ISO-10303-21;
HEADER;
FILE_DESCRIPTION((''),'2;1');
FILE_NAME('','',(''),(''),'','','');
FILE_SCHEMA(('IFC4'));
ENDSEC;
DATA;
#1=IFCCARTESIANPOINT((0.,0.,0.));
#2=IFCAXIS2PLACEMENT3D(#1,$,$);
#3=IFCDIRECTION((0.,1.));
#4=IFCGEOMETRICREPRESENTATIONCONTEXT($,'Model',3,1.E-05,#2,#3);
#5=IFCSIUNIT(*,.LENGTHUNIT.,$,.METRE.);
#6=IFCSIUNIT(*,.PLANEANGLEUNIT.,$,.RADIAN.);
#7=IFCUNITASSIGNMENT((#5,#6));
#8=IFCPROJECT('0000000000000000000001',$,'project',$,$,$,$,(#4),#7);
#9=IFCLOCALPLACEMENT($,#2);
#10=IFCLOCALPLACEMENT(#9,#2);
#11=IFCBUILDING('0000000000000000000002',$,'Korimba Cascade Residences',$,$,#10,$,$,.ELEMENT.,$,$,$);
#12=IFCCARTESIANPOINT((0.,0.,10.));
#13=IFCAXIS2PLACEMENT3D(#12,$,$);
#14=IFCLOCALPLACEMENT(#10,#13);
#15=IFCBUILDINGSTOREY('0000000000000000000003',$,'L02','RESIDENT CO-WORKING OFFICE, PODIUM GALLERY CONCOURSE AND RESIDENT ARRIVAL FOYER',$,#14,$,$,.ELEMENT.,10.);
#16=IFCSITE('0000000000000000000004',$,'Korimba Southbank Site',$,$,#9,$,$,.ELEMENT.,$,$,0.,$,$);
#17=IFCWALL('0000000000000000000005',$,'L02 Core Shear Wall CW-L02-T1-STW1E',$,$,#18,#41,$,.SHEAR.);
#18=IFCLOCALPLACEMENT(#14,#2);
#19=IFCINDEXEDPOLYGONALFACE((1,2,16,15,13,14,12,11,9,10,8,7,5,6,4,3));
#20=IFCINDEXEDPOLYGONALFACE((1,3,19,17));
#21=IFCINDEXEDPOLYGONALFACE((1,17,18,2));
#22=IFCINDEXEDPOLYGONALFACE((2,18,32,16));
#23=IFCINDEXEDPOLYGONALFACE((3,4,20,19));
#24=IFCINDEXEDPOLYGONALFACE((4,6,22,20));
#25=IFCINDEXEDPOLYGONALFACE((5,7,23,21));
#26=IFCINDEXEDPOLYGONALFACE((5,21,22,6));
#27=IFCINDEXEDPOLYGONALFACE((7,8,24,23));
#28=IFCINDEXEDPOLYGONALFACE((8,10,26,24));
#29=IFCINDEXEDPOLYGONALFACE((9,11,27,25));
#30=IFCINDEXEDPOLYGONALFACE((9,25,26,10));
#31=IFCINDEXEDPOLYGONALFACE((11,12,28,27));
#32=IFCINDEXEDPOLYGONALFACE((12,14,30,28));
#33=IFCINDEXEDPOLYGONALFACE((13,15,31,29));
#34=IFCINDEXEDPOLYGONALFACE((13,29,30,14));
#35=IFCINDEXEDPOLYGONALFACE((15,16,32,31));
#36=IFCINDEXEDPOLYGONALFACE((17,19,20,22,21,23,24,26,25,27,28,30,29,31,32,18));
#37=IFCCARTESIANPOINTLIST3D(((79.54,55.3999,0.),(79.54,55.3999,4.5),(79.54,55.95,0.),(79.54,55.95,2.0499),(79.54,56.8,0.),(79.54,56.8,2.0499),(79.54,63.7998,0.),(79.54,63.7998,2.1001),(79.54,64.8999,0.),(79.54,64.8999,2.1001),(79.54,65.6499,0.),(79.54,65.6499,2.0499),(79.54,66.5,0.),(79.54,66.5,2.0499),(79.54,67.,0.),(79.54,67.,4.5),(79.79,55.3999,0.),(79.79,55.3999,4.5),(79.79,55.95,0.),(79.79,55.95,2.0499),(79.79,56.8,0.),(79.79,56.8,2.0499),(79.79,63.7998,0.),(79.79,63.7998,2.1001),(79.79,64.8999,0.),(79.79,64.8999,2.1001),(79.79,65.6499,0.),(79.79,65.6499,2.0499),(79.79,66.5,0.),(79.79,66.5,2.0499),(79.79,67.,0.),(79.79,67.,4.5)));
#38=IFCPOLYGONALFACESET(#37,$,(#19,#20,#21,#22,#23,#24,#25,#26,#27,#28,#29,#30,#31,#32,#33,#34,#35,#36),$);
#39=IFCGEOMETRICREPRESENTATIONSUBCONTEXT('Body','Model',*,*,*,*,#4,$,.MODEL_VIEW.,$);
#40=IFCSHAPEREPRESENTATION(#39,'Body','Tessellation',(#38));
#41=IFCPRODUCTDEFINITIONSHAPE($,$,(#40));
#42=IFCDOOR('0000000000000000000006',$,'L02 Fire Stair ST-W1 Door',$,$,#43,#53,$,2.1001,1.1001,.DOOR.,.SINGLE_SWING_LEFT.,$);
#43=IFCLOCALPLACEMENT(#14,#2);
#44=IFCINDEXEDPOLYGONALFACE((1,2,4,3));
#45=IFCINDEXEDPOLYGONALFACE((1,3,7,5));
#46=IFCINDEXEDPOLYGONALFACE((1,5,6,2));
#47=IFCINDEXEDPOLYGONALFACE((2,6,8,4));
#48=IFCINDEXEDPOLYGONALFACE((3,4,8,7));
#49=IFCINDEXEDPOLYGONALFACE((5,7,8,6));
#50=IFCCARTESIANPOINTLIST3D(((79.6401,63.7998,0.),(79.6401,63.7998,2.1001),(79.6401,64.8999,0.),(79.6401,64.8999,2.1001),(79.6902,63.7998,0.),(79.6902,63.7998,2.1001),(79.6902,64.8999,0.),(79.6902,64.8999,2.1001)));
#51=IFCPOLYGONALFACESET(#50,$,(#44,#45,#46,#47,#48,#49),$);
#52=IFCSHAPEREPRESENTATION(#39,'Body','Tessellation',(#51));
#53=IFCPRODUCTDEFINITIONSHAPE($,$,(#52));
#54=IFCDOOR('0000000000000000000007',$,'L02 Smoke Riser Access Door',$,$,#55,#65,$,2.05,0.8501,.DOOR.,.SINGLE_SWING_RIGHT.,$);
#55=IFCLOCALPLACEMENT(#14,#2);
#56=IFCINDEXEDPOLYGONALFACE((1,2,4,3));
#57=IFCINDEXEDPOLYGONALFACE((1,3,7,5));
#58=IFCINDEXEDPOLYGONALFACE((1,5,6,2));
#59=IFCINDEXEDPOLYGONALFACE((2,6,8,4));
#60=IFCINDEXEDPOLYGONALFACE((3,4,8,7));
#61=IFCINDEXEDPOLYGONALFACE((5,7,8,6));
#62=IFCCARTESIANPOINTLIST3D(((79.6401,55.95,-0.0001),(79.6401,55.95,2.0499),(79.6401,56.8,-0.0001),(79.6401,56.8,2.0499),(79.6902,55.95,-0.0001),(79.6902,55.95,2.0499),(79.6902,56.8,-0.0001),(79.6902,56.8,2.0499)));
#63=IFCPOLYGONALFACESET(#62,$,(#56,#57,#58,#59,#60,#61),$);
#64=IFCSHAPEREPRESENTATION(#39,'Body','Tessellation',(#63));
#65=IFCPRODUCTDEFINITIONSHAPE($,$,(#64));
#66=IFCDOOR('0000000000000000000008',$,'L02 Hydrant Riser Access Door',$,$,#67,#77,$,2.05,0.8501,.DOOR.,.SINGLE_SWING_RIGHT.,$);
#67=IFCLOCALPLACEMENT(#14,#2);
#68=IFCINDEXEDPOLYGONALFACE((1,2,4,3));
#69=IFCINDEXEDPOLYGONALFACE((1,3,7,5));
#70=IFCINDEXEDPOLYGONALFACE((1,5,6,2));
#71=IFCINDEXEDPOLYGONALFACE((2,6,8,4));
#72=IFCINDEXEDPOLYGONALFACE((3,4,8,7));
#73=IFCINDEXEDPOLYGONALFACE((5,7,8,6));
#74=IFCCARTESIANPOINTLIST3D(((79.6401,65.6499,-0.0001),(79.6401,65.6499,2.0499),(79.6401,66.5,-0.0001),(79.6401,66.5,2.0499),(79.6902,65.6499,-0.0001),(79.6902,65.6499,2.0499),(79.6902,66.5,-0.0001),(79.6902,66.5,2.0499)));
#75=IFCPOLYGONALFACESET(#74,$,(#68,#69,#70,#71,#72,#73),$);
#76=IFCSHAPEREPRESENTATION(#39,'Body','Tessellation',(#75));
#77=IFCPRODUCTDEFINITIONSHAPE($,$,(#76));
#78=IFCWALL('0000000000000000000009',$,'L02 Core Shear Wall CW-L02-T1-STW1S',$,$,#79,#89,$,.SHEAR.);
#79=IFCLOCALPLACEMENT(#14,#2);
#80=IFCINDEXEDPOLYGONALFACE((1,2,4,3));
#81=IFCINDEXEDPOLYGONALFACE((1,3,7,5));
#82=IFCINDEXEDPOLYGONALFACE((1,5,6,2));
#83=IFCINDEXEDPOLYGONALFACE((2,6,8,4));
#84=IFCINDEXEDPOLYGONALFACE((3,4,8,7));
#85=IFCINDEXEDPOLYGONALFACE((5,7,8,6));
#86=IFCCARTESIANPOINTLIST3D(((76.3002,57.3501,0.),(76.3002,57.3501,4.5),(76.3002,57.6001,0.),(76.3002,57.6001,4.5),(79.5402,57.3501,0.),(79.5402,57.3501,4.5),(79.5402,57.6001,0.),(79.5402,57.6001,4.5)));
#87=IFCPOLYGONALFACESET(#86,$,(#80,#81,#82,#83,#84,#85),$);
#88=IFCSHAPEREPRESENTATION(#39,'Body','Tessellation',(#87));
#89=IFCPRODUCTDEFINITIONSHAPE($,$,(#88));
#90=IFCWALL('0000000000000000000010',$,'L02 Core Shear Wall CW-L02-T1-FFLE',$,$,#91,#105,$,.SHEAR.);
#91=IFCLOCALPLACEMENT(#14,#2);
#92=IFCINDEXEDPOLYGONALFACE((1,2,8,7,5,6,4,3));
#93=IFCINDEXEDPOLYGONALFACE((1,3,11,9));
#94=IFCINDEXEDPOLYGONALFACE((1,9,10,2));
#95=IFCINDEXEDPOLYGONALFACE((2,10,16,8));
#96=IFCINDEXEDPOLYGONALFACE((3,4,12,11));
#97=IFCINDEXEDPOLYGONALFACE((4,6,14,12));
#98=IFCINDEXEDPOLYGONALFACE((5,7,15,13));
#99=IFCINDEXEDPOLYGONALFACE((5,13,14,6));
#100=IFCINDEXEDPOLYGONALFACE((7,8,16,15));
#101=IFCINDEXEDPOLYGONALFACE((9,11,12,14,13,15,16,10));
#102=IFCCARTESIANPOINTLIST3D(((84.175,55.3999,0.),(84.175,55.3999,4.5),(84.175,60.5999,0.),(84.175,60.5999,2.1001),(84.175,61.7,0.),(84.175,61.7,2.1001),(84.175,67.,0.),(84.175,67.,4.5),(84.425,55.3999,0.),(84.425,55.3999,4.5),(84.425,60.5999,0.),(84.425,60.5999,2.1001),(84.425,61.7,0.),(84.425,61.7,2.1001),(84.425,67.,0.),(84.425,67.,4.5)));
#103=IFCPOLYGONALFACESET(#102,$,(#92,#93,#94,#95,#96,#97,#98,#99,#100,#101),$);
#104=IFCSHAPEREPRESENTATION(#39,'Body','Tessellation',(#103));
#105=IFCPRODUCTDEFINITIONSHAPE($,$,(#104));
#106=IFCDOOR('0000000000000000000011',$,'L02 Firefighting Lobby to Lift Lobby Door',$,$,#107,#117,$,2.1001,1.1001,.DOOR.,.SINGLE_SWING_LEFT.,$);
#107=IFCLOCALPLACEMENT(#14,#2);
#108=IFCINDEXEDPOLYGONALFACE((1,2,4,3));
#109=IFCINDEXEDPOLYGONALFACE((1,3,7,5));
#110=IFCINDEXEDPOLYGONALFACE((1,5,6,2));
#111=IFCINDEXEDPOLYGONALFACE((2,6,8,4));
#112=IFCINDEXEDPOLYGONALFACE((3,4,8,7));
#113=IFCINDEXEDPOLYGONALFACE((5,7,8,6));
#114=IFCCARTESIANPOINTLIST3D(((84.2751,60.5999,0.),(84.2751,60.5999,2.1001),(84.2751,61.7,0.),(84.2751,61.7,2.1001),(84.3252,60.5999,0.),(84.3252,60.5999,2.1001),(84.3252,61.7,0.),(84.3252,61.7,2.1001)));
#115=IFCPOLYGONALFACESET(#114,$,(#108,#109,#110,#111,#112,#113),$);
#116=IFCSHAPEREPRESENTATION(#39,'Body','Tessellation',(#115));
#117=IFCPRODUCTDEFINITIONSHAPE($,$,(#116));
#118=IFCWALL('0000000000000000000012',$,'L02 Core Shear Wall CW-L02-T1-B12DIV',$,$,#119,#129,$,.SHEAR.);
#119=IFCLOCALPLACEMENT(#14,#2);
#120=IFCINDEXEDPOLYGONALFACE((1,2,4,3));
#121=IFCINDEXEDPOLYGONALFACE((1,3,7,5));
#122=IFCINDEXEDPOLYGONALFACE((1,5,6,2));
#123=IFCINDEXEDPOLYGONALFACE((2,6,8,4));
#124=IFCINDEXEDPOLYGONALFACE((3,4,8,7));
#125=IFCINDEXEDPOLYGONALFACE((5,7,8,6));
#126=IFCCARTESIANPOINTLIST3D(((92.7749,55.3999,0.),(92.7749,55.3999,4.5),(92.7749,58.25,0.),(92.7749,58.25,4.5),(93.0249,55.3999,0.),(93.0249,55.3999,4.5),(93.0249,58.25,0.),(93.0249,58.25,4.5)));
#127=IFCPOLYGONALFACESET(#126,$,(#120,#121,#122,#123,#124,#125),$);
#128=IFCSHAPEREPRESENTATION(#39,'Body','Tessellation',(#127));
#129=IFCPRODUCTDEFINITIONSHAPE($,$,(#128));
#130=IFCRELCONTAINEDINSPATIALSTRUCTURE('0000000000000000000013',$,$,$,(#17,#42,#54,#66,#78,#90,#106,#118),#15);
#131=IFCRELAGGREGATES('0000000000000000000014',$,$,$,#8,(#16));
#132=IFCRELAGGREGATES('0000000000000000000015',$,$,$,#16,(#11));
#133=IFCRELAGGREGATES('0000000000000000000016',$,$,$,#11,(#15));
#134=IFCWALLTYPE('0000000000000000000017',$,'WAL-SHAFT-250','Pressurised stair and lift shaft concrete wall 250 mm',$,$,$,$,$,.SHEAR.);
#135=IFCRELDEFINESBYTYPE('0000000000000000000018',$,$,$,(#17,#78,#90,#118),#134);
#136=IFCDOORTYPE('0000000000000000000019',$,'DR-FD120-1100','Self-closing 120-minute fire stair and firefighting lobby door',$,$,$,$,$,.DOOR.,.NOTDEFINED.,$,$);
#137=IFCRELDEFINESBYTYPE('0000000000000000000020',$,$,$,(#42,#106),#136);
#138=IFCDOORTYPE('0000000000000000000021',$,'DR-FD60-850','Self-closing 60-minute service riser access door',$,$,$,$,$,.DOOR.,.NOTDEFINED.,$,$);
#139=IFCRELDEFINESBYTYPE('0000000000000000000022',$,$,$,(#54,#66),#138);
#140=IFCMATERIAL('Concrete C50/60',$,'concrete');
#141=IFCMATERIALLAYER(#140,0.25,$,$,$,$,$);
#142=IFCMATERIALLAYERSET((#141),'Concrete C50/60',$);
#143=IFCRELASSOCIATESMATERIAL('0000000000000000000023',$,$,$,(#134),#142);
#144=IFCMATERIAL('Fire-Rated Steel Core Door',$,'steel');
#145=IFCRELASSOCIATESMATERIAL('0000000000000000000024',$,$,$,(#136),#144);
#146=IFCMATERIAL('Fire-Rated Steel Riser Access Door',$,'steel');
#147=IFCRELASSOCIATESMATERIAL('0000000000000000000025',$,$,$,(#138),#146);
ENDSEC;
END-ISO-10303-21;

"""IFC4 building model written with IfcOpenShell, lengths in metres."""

from ifc_helpers import new_model, si_unit, direction, frame, frame_2d, origin, place, context, subcontext, project, spatial, rectangle, extrude, material, layer, layer_set, type_object, element, fill, save


model = new_model("IFC4")

# Units and contexts
model_context = context("Model", 3, precision=1e-05, world=origin(), true_north=direction((0.0, 1.0)))
body_context = subcontext(model_context, "Body", "Model", "MODEL_VIEW")
ifc_project = project(units=[si_unit("LENGTHUNIT", "METRE"), si_unit("PLANEANGLEUNIT", "RADIAN")], contexts=[model_context])

# Site, building, storey
site_placement = place(None, origin())
site = spatial("IfcSite", under=ifc_project, at=site_placement, Name="Korimba Southbank Site", CompositionType="ELEMENT", RefElevation=0.0)
building_placement = place(site_placement, origin())
building = spatial("IfcBuilding", under=site, at=building_placement, Name="Korimba Cascade Residences", CompositionType="ELEMENT")
storey_placement = place(building_placement, frame((0.0, 0.0, 10.0)))
storey = spatial("IfcBuildingStorey", under=building, at=storey_placement, Name="L02", Description="RESIDENT CO-WORKING OFFICE, PODIUM GALLERY CONCOURSE AND RESIDENT ARRIVAL FOYER", CompositionType="ELEMENT", Elevation=10.0)

# Shared definitions
ifc_material_1 = material(Name="Concrete C50/60", Category="concrete")

# Wall, openings, doors
ifc_layer_1 = layer(ifc_material_1, 0.25)
ifc_layer_set_1 = layer_set([ifc_layer_1], Name="Concrete C50/60")
wall_type_1 = type_object("IfcWallType", Name="WAL-SHAFT-250", Description="Pressurised stair and lift shaft concrete wall 250 mm", PredefinedType="SHEAR", material=ifc_layer_set_1)
wall_1_placement = place(storey_placement, frame((79.665, 55.3999, 0.0), z_axis=(0.0, 0.0, 1.0), x_axis=(0.0, 1.0, 0.0)))
wall_1 = element("IfcWall", 1, at=wall_1_placement, inside=storey, type_object=wall_type_1, Name="L02 Core Shear Wall CW-L02-T1-STW1E", PredefinedType="SHEAR", context=body_context, shape_type="SweptSolid", body=[
    extrude(rectangle(XDim=11.6001, YDim=0.25, at=frame_2d((5.8, 0.0))), origin(), (0.0, 0.0, 1.0), 4.5),
])
opening_1_placement = place(wall_1_placement, frame((0.55, 0.0, 0.0)))
opening_1 = element("IfcOpeningElement", 2, at=opening_1_placement, cuts=wall_1, PredefinedType="OPENING", context=body_context, shape_type="SweptSolid", body=[
    extrude(rectangle(XDim=0.8501, YDim=2.05, at=frame_2d((0.425, 1.0249))), frame((0.0, 0.135, 0.0), z_axis=(0.0, -1.0, 0.0), x_axis=(1.0, 0.0, 0.0)), (0.0, 0.0, 1.0), 0.27),
])
opening_2_placement = place(wall_1_placement, frame((8.3999, 0.0, 0.0)))
opening_2 = element("IfcOpeningElement", 3, at=opening_2_placement, cuts=wall_1, PredefinedType="OPENING", context=body_context, shape_type="SweptSolid", body=[
    extrude(rectangle(XDim=1.1001, YDim=2.1001, at=frame_2d((0.55, 1.05))), frame((0.0, 0.135, 0.0), z_axis=(0.0, -1.0, 0.0), x_axis=(1.0, 0.0, 0.0)), (0.0, 0.0, 1.0), 0.27),
])
opening_3_placement = place(wall_1_placement, frame((10.25, 0.0, 0.0)))
opening_3 = element("IfcOpeningElement", 4, at=opening_3_placement, cuts=wall_1, PredefinedType="OPENING", context=body_context, shape_type="SweptSolid", body=[
    extrude(rectangle(XDim=0.8501, YDim=2.05, at=frame_2d((0.425, 1.0249))), frame((0.0, 0.135, 0.0), z_axis=(0.0, -1.0, 0.0), x_axis=(1.0, 0.0, 0.0)), (0.0, 0.0, 1.0), 0.27),
])
ifc_material_2 = material(Name="Fire-Rated Steel Core Door", Category="steel")
door_type_1 = type_object("IfcDoorType", Name="DR-FD120-1100", Description="Self-closing 120-minute fire stair and firefighting lobby door", OperationType="NOTDEFINED", PredefinedType="DOOR", material=ifc_material_2)
door_1_placement = place(opening_2_placement, origin())
door_1 = element("IfcDoor", 5, at=door_1_placement, inside=storey, type_object=door_type_1, Name="L02 Fire Stair ST-W1 Door", OperationType="SINGLE_SWING_LEFT", OverallHeight=2.1001, OverallWidth=1.1001, PredefinedType="DOOR", context=body_context, shape_type="SweptSolid", body=[
    extrude(rectangle(XDim=1.1001, YDim=2.1001, at=frame_2d((0.55, 1.05))), frame((0.0, 0.0249, 0.0), z_axis=(0.0, -1.0, 0.0), x_axis=(1.0, 0.0, 0.0)), (0.0, 0.0, 1.0), 0.05),
])
fill(opening_2, door_1)
ifc_material_3 = material(Name="Fire-Rated Steel Riser Access Door", Category="steel")
door_type_2 = type_object("IfcDoorType", Name="DR-FD60-850", Description="Self-closing 60-minute service riser access door", OperationType="NOTDEFINED", PredefinedType="DOOR", material=ifc_material_3)
door_2_placement = place(opening_1_placement, origin())
door_2 = element("IfcDoor", 6, at=door_2_placement, inside=storey, type_object=door_type_2, Name="L02 Smoke Riser Access Door", OperationType="SINGLE_SWING_RIGHT", OverallHeight=2.05, OverallWidth=0.8501, PredefinedType="DOOR", context=body_context, shape_type="SweptSolid", body=[
    extrude(rectangle(XDim=0.8501, YDim=2.05, at=frame_2d((0.425, 1.0249))), frame((0.0, 0.0249, 0.0), z_axis=(0.0, -1.0, 0.0), x_axis=(1.0, 0.0, 0.0)), (0.0, 0.0, 1.0), 0.05),
])
fill(opening_1, door_2)
door_3_placement = place(opening_3_placement, origin())
door_3 = element("IfcDoor", 7, at=door_3_placement, inside=storey, type_object=door_type_2, Name="L02 Hydrant Riser Access Door", OperationType="SINGLE_SWING_RIGHT", OverallHeight=2.05, OverallWidth=0.8501, PredefinedType="DOOR", context=body_context, shape_type="SweptSolid", body=[
    extrude(rectangle(XDim=0.8501, YDim=2.05, at=frame_2d((0.425, 1.0249))), frame((0.0, 0.0249, 0.0), z_axis=(0.0, -1.0, 0.0), x_axis=(1.0, 0.0, 0.0)), (0.0, 0.0, 1.0), 0.05),
])
fill(opening_3, door_3)

# Wall
wall_2_placement = place(storey_placement, frame((76.3, 57.4751, 0.0), z_axis=(0.0, 0.0, 1.0), x_axis=(1.0, 0.0, 0.0)))
element("IfcWall", 8, at=wall_2_placement, inside=storey, type_object=wall_type_1, Name="L02 Core Shear Wall CW-L02-T1-STW1S", PredefinedType="SHEAR", context=body_context, shape_type="SweptSolid", body=[
    extrude(rectangle(XDim=3.24, YDim=0.25, at=frame_2d((1.6201, 0.0))), origin(), (0.0, 0.0, 1.0), 4.5),
])

# Wall, opening, door
wall_3_placement = place(storey_placement, frame((84.3, 55.3999, 0.0), z_axis=(0.0, 0.0, 1.0), x_axis=(0.0, 1.0, 0.0)))
wall_3 = element("IfcWall", 9, at=wall_3_placement, inside=storey, type_object=wall_type_1, Name="L02 Core Shear Wall CW-L02-T1-FFLE", PredefinedType="SHEAR", context=body_context, shape_type="SweptSolid", body=[
    extrude(rectangle(XDim=11.6001, YDim=0.25, at=frame_2d((5.8, 0.0))), origin(), (0.0, 0.0, 1.0), 4.5),
])
opening_4_placement = place(wall_3_placement, frame((5.2, 0.0, 0.0)))
opening_4 = element("IfcOpeningElement", 10, at=opening_4_placement, cuts=wall_3, PredefinedType="OPENING", context=body_context, shape_type="SweptSolid", body=[
    extrude(rectangle(XDim=1.1001, YDim=2.1001, at=frame_2d((0.55, 1.05))), frame((0.0, 0.135, 0.0), z_axis=(0.0, -1.0, 0.0), x_axis=(1.0, 0.0, 0.0)), (0.0, 0.0, 1.0), 0.27),
])
door_4_placement = place(opening_4_placement, origin())
door_4 = element("IfcDoor", 11, at=door_4_placement, inside=storey, type_object=door_type_1, Name="L02 Firefighting Lobby to Lift Lobby Door", OperationType="SINGLE_SWING_LEFT", OverallHeight=2.1001, OverallWidth=1.1001, PredefinedType="DOOR", context=body_context, shape_type="SweptSolid", body=[
    extrude(rectangle(XDim=1.1001, YDim=2.1001, at=frame_2d((0.55, 1.05))), frame((0.0, 0.0249, 0.0), z_axis=(0.0, -1.0, 0.0), x_axis=(1.0, 0.0, 0.0)), (0.0, 0.0, 1.0), 0.05),
])
fill(opening_4, door_4)

# Wall
wall_4_placement = place(storey_placement, frame((92.8999, 55.3999, 0.0), z_axis=(0.0, 0.0, 1.0), x_axis=(0.0, 1.0, 0.0)))
element("IfcWall", 12, at=wall_4_placement, inside=storey, type_object=wall_type_1, Name="L02 Core Shear Wall CW-L02-T1-B12DIV", PredefinedType="SHEAR", context=body_context, shape_type="SweptSolid", body=[
    extrude(rectangle(XDim=2.8501, YDim=0.25, at=frame_2d((1.425, 0.0))), origin(), (0.0, 0.0, 1.0), 4.5),
])

save(model, "model.ifc")
